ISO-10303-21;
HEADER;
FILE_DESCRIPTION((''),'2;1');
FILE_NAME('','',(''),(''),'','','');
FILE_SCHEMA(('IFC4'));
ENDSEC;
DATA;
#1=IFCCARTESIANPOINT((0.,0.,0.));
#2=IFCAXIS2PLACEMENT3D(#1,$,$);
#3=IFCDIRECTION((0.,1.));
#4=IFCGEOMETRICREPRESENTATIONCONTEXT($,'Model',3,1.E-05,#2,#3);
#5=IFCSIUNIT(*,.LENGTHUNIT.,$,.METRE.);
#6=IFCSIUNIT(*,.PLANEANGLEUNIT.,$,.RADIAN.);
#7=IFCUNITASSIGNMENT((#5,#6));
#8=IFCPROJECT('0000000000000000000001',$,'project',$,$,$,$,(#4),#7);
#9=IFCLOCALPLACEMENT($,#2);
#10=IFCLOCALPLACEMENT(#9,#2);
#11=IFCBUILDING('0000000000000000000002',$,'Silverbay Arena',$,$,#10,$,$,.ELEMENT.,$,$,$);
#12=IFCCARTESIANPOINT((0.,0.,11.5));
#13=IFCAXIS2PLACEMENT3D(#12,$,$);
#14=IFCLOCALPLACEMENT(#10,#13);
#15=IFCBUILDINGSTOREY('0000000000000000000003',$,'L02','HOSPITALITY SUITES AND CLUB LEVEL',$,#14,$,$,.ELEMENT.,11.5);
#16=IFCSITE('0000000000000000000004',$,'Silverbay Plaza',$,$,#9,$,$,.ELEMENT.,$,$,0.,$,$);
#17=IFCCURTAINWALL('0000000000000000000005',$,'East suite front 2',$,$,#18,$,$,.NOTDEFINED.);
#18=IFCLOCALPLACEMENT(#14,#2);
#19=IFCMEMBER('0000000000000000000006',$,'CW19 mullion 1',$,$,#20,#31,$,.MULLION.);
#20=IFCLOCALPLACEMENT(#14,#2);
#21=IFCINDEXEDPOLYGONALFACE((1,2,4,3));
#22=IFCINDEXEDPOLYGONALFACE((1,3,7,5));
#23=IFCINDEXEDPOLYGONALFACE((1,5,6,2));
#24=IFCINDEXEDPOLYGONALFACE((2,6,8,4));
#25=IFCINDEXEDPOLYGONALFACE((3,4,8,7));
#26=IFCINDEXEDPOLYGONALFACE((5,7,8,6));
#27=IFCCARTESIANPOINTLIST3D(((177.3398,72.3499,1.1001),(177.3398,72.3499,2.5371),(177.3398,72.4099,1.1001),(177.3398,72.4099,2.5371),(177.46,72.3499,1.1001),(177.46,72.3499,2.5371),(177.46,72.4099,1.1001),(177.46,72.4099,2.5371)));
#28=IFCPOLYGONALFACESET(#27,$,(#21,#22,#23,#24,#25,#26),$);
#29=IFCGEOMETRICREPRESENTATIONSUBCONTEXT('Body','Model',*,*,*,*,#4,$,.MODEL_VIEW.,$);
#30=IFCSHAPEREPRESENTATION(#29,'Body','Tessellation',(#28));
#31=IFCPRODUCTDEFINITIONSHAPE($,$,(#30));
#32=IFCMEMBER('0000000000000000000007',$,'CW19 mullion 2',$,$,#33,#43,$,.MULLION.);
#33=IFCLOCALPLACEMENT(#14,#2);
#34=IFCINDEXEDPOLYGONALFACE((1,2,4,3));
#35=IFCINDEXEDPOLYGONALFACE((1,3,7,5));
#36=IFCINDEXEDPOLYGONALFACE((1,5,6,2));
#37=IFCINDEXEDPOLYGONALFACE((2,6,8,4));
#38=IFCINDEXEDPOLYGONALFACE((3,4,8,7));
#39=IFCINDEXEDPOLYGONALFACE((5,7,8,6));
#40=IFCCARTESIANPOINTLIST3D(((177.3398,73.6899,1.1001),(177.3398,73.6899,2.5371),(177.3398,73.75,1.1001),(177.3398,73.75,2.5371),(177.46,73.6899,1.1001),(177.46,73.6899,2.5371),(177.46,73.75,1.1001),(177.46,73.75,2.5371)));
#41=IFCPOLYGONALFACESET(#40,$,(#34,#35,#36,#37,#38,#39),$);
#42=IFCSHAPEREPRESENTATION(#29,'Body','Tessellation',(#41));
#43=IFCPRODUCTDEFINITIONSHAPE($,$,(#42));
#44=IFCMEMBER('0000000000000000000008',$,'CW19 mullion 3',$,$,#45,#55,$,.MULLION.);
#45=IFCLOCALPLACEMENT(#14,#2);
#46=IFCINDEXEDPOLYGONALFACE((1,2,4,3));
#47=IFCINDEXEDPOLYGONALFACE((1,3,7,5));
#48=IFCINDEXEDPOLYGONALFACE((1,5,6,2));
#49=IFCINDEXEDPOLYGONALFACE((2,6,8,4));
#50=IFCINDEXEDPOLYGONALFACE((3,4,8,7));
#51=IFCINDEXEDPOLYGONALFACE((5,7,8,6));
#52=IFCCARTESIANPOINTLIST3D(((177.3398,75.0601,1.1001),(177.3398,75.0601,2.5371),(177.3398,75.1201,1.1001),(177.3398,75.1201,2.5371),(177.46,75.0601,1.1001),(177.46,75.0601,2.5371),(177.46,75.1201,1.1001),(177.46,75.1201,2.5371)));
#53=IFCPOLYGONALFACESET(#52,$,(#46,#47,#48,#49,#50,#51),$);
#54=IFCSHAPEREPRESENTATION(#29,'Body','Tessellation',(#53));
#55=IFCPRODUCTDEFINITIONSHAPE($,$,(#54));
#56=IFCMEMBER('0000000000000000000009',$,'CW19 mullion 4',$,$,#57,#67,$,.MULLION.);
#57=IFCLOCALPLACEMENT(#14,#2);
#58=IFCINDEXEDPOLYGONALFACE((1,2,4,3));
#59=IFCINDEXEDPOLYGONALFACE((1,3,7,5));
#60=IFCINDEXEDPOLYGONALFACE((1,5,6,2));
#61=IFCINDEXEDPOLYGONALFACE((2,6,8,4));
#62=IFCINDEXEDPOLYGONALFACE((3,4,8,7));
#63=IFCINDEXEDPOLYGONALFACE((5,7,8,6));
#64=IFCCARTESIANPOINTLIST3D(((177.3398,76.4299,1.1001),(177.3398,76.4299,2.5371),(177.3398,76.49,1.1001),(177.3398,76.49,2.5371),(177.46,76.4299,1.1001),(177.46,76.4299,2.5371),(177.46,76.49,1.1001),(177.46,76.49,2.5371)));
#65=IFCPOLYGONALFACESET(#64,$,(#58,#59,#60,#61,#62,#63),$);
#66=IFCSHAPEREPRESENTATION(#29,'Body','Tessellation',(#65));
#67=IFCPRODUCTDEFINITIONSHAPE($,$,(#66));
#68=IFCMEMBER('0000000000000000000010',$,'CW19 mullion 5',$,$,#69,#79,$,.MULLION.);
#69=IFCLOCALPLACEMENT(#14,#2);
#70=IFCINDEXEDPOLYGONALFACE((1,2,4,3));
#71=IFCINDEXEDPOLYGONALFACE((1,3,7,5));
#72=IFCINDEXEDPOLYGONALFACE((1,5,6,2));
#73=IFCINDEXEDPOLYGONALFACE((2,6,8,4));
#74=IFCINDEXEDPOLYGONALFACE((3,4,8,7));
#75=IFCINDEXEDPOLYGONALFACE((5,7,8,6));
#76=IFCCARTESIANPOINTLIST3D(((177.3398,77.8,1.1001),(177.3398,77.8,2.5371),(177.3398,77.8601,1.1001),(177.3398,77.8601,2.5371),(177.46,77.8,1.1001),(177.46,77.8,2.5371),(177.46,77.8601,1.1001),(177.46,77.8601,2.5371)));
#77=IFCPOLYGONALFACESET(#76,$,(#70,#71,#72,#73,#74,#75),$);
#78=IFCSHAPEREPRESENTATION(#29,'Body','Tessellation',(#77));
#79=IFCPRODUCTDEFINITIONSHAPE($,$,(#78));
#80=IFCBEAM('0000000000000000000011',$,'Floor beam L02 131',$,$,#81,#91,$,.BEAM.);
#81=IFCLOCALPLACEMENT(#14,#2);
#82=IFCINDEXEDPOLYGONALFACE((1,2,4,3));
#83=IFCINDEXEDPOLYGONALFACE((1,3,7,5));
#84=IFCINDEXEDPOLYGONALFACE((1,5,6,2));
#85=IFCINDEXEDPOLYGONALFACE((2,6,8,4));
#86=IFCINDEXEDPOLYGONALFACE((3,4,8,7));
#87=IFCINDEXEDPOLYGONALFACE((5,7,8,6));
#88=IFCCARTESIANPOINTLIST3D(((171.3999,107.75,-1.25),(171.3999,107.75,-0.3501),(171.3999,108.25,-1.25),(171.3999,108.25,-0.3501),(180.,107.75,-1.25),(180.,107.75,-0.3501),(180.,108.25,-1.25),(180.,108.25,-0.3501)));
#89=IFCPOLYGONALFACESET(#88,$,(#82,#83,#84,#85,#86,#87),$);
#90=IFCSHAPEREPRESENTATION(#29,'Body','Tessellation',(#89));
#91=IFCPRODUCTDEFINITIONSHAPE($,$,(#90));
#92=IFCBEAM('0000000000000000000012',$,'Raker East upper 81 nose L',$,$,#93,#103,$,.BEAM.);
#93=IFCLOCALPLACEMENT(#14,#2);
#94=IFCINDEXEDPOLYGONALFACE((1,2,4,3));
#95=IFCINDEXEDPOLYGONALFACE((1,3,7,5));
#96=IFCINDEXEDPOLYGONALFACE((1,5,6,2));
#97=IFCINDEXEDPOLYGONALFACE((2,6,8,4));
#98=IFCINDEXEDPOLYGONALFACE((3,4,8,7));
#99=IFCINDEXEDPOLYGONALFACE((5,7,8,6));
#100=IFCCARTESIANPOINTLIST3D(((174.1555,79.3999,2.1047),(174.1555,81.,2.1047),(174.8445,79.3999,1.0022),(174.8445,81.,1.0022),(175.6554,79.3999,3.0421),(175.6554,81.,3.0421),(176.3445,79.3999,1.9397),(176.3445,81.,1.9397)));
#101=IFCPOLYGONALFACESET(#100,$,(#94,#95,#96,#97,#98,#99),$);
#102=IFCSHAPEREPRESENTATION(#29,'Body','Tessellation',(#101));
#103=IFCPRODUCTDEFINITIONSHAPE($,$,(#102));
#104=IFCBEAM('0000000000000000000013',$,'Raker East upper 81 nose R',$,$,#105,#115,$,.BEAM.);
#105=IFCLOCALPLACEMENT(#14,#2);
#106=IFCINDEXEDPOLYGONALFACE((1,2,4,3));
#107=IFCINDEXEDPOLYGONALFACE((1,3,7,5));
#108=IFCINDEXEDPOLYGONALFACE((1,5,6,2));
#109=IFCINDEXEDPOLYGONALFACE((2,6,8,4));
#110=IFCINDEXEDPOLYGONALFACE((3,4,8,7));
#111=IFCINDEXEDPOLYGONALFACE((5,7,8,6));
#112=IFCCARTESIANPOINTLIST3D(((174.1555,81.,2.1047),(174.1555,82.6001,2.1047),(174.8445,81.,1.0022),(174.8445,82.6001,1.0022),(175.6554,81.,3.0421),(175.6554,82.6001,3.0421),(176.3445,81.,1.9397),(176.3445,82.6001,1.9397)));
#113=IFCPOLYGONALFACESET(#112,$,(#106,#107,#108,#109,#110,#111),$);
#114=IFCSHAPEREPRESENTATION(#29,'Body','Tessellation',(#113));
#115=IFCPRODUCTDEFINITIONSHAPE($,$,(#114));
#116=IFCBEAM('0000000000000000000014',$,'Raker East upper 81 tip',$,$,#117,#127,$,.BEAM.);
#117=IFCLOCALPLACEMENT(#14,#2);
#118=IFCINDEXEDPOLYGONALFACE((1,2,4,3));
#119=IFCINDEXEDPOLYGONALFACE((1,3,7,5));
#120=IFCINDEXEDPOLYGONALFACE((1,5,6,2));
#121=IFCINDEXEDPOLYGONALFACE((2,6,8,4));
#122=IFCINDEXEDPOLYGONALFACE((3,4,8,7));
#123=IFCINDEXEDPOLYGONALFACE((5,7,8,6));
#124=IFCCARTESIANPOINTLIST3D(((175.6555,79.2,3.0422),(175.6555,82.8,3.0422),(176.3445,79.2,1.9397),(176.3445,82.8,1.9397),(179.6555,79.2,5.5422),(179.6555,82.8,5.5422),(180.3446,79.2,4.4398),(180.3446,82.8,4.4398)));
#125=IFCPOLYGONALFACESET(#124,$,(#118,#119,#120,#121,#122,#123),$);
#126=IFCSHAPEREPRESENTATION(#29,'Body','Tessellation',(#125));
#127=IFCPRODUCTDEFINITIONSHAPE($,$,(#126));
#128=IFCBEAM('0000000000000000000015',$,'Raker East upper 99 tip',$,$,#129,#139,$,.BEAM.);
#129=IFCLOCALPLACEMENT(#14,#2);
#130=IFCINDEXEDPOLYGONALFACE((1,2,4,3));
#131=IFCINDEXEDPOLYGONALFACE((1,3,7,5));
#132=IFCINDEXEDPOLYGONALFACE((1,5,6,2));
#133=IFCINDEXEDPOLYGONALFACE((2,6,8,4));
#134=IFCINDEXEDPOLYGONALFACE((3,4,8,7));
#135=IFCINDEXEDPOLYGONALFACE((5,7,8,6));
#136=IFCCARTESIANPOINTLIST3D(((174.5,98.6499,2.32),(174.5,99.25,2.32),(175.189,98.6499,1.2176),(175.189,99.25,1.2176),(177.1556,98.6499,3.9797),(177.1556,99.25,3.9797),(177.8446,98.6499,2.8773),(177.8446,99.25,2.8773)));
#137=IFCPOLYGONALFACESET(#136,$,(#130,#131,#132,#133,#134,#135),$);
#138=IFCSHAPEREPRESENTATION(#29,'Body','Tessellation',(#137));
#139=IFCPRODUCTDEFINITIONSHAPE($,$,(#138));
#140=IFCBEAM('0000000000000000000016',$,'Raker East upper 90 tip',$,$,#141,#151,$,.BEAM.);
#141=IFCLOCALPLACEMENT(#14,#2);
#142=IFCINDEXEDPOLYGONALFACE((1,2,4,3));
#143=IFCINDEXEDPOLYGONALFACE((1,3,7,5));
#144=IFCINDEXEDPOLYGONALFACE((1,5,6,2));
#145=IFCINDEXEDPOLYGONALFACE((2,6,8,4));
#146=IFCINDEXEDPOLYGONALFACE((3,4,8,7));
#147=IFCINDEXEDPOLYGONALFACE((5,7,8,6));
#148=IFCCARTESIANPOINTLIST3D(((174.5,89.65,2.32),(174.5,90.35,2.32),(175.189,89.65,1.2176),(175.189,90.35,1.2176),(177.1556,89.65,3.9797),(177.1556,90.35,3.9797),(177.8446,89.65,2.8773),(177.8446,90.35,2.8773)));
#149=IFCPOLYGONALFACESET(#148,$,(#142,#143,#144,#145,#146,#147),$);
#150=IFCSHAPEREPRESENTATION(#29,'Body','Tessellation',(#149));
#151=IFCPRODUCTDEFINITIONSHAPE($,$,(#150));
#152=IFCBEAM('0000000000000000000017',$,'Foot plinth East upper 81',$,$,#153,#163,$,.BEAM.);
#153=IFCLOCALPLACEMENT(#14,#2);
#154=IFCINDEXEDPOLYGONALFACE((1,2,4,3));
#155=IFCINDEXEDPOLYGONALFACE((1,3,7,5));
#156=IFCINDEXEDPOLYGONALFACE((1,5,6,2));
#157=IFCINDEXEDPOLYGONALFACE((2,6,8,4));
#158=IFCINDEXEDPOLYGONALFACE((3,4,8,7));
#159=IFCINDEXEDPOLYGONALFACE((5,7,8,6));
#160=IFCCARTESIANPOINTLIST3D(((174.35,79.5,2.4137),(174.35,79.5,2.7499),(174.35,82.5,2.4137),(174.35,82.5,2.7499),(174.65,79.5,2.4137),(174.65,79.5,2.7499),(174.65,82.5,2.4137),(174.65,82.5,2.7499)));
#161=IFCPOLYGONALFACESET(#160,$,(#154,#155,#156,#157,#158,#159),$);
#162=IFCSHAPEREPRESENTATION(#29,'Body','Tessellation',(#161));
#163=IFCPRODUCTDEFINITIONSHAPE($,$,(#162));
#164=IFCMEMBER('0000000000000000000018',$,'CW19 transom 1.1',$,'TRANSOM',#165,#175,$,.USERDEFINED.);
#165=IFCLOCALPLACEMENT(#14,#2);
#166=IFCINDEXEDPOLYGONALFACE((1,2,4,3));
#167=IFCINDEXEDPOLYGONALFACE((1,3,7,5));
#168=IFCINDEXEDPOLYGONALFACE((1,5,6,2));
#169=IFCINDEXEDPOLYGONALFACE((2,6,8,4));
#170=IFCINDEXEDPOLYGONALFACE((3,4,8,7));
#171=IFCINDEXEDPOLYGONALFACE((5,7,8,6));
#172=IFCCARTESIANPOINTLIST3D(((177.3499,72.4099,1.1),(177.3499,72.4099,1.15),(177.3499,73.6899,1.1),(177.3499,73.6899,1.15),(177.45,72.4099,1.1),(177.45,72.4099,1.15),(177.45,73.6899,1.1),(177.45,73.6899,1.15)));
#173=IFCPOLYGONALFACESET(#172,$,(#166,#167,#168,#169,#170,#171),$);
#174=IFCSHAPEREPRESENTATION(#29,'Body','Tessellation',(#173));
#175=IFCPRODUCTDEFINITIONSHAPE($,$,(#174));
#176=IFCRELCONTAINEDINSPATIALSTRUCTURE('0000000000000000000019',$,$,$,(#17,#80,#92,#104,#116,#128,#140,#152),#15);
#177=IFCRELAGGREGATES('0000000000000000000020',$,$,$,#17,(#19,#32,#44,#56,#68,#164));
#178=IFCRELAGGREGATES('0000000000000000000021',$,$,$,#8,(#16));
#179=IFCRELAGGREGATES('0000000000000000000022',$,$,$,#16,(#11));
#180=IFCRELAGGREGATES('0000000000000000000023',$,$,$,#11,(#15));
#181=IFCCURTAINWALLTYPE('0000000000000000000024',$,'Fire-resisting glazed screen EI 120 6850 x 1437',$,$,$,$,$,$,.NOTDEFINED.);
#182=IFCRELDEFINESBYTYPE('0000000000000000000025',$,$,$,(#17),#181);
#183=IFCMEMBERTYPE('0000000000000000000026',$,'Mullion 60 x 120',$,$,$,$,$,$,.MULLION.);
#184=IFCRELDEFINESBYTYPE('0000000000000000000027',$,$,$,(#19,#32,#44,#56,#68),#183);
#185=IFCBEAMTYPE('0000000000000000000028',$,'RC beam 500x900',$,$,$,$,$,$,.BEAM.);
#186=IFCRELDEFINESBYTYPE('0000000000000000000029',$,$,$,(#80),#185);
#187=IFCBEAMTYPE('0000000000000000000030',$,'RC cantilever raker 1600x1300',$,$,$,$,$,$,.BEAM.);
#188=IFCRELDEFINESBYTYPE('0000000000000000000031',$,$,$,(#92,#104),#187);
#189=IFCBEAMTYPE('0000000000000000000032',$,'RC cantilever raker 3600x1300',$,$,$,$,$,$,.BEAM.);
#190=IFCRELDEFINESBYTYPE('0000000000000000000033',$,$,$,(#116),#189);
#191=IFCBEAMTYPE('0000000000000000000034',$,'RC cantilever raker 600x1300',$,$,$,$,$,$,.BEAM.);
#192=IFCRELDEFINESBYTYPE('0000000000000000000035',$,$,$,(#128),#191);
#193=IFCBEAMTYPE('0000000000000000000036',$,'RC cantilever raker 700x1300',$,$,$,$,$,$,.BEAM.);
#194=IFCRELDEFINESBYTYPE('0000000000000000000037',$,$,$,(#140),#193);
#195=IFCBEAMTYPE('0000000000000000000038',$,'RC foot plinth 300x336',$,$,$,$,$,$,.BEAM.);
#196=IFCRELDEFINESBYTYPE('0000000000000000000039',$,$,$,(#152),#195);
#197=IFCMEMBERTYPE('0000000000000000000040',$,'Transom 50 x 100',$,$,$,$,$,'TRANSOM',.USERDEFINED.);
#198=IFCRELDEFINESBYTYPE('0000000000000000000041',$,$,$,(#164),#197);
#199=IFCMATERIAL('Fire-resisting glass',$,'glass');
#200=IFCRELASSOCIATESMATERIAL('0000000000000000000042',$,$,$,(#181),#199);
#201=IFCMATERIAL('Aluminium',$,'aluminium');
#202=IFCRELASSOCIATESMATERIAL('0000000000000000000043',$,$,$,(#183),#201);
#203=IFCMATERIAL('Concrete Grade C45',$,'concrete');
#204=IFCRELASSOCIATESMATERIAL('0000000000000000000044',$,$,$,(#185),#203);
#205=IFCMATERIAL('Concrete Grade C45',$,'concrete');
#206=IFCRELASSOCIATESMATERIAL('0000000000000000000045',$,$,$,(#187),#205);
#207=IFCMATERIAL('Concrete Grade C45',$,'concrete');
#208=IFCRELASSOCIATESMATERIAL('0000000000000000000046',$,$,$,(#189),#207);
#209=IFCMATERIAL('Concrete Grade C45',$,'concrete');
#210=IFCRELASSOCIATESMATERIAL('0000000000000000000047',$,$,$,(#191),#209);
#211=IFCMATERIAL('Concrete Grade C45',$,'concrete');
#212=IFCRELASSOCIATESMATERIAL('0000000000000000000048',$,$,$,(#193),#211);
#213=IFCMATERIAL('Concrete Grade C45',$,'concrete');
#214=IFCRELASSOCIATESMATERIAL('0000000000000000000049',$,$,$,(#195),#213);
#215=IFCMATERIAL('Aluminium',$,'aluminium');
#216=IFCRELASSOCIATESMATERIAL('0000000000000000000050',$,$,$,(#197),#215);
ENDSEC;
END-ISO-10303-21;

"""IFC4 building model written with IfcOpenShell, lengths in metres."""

from ifc_helpers import new_model, si_unit, direction, frame, origin, origin_2d, place, context, subcontext, project, spatial, rectangle, extrude, material, material_profile, profile_set, type_object, element, aggregate, save


model = new_model("IFC4")

# Units and contexts
model_context = context("Model", 3, precision=1e-05, world=origin(), true_north=direction((0.0, 1.0)))
body_context = subcontext(model_context, "Body", "Model", "MODEL_VIEW")
ifc_project = project(units=[si_unit("LENGTHUNIT", "METRE"), si_unit("PLANEANGLEUNIT", "RADIAN")], contexts=[model_context])

# Site, building, storey
site_placement = place(None, origin())
site = spatial("IfcSite", under=ifc_project, at=site_placement, Name="Silverbay Plaza", CompositionType="ELEMENT", RefElevation=0.0)
building_placement = place(site_placement, origin())
building = spatial("IfcBuilding", under=site, at=building_placement, Name="Silverbay Arena", CompositionType="ELEMENT")
storey_placement = place(building_placement, frame((0.0, 0.0, 11.5)))
storey = spatial("IfcBuildingStorey", under=building, at=storey_placement, Name="L02", Description="HOSPITALITY SUITES AND CLUB LEVEL", CompositionType="ELEMENT", Elevation=11.5)

# Curtain wall, members
ifc_material_1 = material(Name="Fire-resisting glass", Category="glass")
curtain_wall_type = type_object("IfcCurtainWallType", Name="Fire-resisting glazed screen EI 120 6850 x 1437", PredefinedType="NOTDEFINED", material=ifc_material_1)
curtain_wall_placement = place(storey_placement, origin())
curtain_wall = element("IfcCurtainWall", 1, at=curtain_wall_placement, inside=storey, type_object=curtain_wall_type, Name="East suite front 2", PredefinedType="NOTDEFINED")
ifc_material_2 = material(Name="Aluminium", Category="aluminium")
ifc_material_profile_1 = material_profile(ifc_material_2, rectangle(XDim=0.1201, YDim=0.0601, at=origin_2d()), Name="Mullion 60 x 120")
ifc_profile_set_1 = profile_set([ifc_material_profile_1], Name="Aluminium")
member_type_1 = type_object("IfcMemberType", Name="Mullion 60 x 120", PredefinedType="MULLION", material=ifc_profile_set_1)
member_1_placement = place(storey_placement, frame((177.3999, 72.3799, 1.1001), z_axis=(0.0, 0.0, 1.0), x_axis=(-1.0, 0.0, 0.0)))
member_1 = element("IfcMember", 2, at=member_1_placement, type_object=member_type_1, Name="CW19 mullion 1", PredefinedType="MULLION", context=body_context, shape_type="SweptSolid", body=[
    extrude(rectangle(XDim=0.1201, YDim=0.0601, at=origin_2d()), origin(), (0.0, 0.0, 1.0), 1.437),
])
member_2_placement = place(storey_placement, frame((177.3999, 73.72, 1.1001), z_axis=(0.0, 0.0, 1.0), x_axis=(-1.0, 0.0, 0.0)))
member_2 = element("IfcMember", 3, at=member_2_placement, type_object=member_type_1, Name="CW19 mullion 2", PredefinedType="MULLION", context=body_context, shape_type="SweptSolid", body=[
    extrude(rectangle(XDim=0.1201, YDim=0.0601, at=origin_2d()), origin(), (0.0, 0.0, 1.0), 1.437),
])
member_3_placement = place(storey_placement, frame((177.3999, 75.0901, 1.1001), z_axis=(0.0, 0.0, 1.0), x_axis=(-1.0, 0.0, 0.0)))
member_3 = element("IfcMember", 4, at=member_3_placement, type_object=member_type_1, Name="CW19 mullion 3", PredefinedType="MULLION", context=body_context, shape_type="SweptSolid", body=[
    extrude(rectangle(XDim=0.1201, YDim=0.0601, at=origin_2d()), origin(), (0.0, 0.0, 1.0), 1.437),
])
member_4_placement = place(storey_placement, frame((177.3999, 76.46, 1.1001), z_axis=(0.0, 0.0, 1.0), x_axis=(-1.0, 0.0, 0.0)))
member_4 = element("IfcMember", 5, at=member_4_placement, type_object=member_type_1, Name="CW19 mullion 4", PredefinedType="MULLION", context=body_context, shape_type="SweptSolid", body=[
    extrude(rectangle(XDim=0.1201, YDim=0.0601, at=origin_2d()), origin(), (0.0, 0.0, 1.0), 1.437),
])
member_5_placement = place(storey_placement, frame((177.3999, 77.8301, 1.1001), z_axis=(0.0, 0.0, 1.0), x_axis=(-1.0, 0.0, 0.0)))
member_5 = element("IfcMember", 6, at=member_5_placement, type_object=member_type_1, Name="CW19 mullion 5", PredefinedType="MULLION", context=body_context, shape_type="SweptSolid", body=[
    extrude(rectangle(XDim=0.1201, YDim=0.0601, at=origin_2d()), origin(), (0.0, 0.0, 1.0), 1.437),
])

# Beams
ifc_material_3 = material(Name="Concrete Grade C45", Category="concrete")
ifc_material_profile_2 = material_profile(ifc_material_3, rectangle(XDim=0.5, YDim=0.8999, at=origin_2d()), Name="RC 500x900")
ifc_profile_set_2 = profile_set([ifc_material_profile_2], Name="Concrete Grade C45")
beam_type_1 = type_object("IfcBeamType", Name="RC beam 500x900", PredefinedType="BEAM", material=ifc_profile_set_2)
beam_1_placement = place(storey_placement, frame((171.3999, 108.0, -0.8), z_axis=(1.0, 0.0, 0.0), x_axis=(0.0, 1.0, 0.0)))
element("IfcBeam", 7, at=beam_1_placement, inside=storey, type_object=beam_type_1, Name="Floor beam L02 131", PredefinedType="BEAM", context=body_context, shape_type="SweptSolid", body=[
    extrude(rectangle(XDim=0.5, YDim=0.8999, at=origin_2d()), origin(), (0.0, 0.0, 1.0), 8.6001),
])
ifc_material_4 = material(Name="Concrete Grade C45", Category="concrete")
ifc_material_profile_3 = material_profile(ifc_material_4, rectangle(XDim=1.6001, YDim=1.3, at=origin_2d()), Name="RC 1600x1300")
ifc_profile_set_3 = profile_set([ifc_material_profile_3], Name="Concrete Grade C45")
beam_type_2 = type_object("IfcBeamType", Name="RC cantilever raker 1600x1300", PredefinedType="BEAM", material=ifc_profile_set_3)
for number, where, z_axis, x_axis, name in (
    (8, (174.5, 80.2, 1.5535), (0.847998, 0.0, 0.529999), (0.0, 1.0, 0.0), "Raker East upper 81 nose L"),
    (9, (174.5, 81.8, 1.5535), (0.847998, 0.0, 0.529999), (0.0, 1.0, 0.0), "Raker East upper 81 nose R"),
):
    element("IfcBeam", number, at=place(storey_placement, frame(where, z_axis=z_axis, x_axis=x_axis)), inside=storey, type_object=beam_type_2, Name=name, PredefinedType="BEAM", context=body_context, shape_type="SweptSolid", body=[
        extrude(rectangle(XDim=1.6001, YDim=1.3, at=origin_2d()), origin(), (0.0, 0.0, 1.0), 1.7688),
    ])
ifc_material_5 = material(Name="Concrete Grade C45", Category="concrete")
ifc_material_profile_4 = material_profile(ifc_material_5, rectangle(XDim=3.6001, YDim=1.3, at=origin_2d()), Name="RC 3600x1300")
ifc_profile_set_4 = profile_set([ifc_material_profile_4], Name="Concrete Grade C45")
beam_type_3 = type_object("IfcBeamType", Name="RC cantilever raker 3600x1300", PredefinedType="BEAM", material=ifc_profile_set_4)
beam_2_placement = place(storey_placement, frame((176.0, 81.0, 2.491), z_axis=(0.847998, 0.0, 0.529999), x_axis=(0.0, 1.0, 0.0)))
element("IfcBeam", 10, at=beam_2_placement, inside=storey, type_object=beam_type_3, Name="Raker East upper 81 tip", PredefinedType="BEAM", context=body_context, shape_type="SweptSolid", body=[
    extrude(rectangle(XDim=3.6001, YDim=1.3, at=origin_2d()), origin(), (0.0, 0.0, 1.0), 4.717),
])
ifc_material_6 = material(Name="Concrete Grade C45", Category="concrete")
ifc_material_profile_5 = material_profile(ifc_material_6, rectangle(XDim=0.6001, YDim=1.3, at=origin_2d()), Name="RC 600x1300")
ifc_profile_set_5 = profile_set([ifc_material_profile_5], Name="Concrete Grade C45")
beam_type_4 = type_object("IfcBeamType", Name="RC cantilever raker 600x1300", PredefinedType="BEAM", material=ifc_profile_set_5)
beam_3_placement = place(storey_placement, frame((174.8445, 98.95, 1.7688), z_axis=(0.848003, 0.0, 0.529992), x_axis=(0.0, 1.0, 0.0)))
element("IfcBeam", 11, at=beam_3_placement, inside=storey, type_object=beam_type_4, Name="Raker East upper 99 tip", PredefinedType="BEAM", context=body_context, shape_type="SweptSolid", body=[
    extrude(rectangle(XDim=0.6001, YDim=1.3, at=origin_2d()), origin(), (0.0, 0.0, 1.0), 3.1316),
])
ifc_material_7 = material(Name="Concrete Grade C45", Category="concrete")
ifc_material_profile_6 = material_profile(ifc_material_7, rectangle(XDim=0.7, YDim=1.3, at=origin_2d()), Name="RC 700x1300")
ifc_profile_set_6 = profile_set([ifc_material_profile_6], Name="Concrete Grade C45")
beam_type_5 = type_object("IfcBeamType", Name="RC cantilever raker 700x1300", PredefinedType="BEAM", material=ifc_profile_set_6)
beam_4_placement = place(storey_placement, frame((174.8445, 90.0, 1.7688), z_axis=(0.848003, 0.0, 0.529992), x_axis=(0.0, 1.0, 0.0)))
element("IfcBeam", 12, at=beam_4_placement, inside=storey, type_object=beam_type_5, Name="Raker East upper 90 tip", PredefinedType="BEAM", context=body_context, shape_type="SweptSolid", body=[
    extrude(rectangle(XDim=0.7, YDim=1.3, at=origin_2d()), origin(), (0.0, 0.0, 1.0), 3.1316),
])
ifc_material_8 = material(Name="Concrete Grade C45", Category="concrete")
ifc_material_profile_7 = material_profile(ifc_material_8, rectangle(XDim=0.3, YDim=0.3362, at=origin_2d()), Name="RC 300x336")
ifc_profile_set_7 = profile_set([ifc_material_profile_7], Name="Concrete Grade C45")
beam_type_6 = type_object("IfcBeamType", Name="RC foot plinth 300x336", PredefinedType="BEAM", material=ifc_profile_set_7)
beam_5_placement = place(storey_placement, frame((174.5, 79.5, 2.5818), z_axis=(0.0, 1.0, 0.0), x_axis=(-1.0, 0.0, 0.0)))
element("IfcBeam", 13, at=beam_5_placement, inside=storey, type_object=beam_type_6, Name="Foot plinth East upper 81", PredefinedType="BEAM", context=body_context, shape_type="SweptSolid", body=[
    extrude(rectangle(XDim=0.3, YDim=0.3362, at=origin_2d()), origin(), (0.0, 0.0, 1.0), 3.0),
])

# Member
ifc_material_9 = material(Name="Aluminium", Category="aluminium")
ifc_material_profile_8 = material_profile(ifc_material_9, rectangle(XDim=0.1001, YDim=0.05, at=origin_2d()), Name="Transom 50 x 100")
ifc_profile_set_8 = profile_set([ifc_material_profile_8], Name="Aluminium")
member_type_2 = type_object("IfcMemberType", Name="Transom 50 x 100", ElementType="TRANSOM", PredefinedType="USERDEFINED", material=ifc_profile_set_8)
member_6_placement = place(storey_placement, frame((177.3999, 72.4099, 1.125), z_axis=(0.0, 1.0, 0.0), x_axis=(-1.0, 0.0, 0.0)))
member_6 = element("IfcMember", 14, at=member_6_placement, type_object=member_type_2, Name="CW19 transom 1.1", ObjectType="TRANSOM", PredefinedType="USERDEFINED", context=body_context, shape_type="SweptSolid", body=[
    extrude(rectangle(XDim=0.1001, YDim=0.05, at=origin_2d()), origin(), (0.0, 0.0, 1.0), 1.28),
])

aggregate(curtain_wall, [member_1, member_2, member_3, member_4, member_5, member_6])

save(model, "model.ifc")
